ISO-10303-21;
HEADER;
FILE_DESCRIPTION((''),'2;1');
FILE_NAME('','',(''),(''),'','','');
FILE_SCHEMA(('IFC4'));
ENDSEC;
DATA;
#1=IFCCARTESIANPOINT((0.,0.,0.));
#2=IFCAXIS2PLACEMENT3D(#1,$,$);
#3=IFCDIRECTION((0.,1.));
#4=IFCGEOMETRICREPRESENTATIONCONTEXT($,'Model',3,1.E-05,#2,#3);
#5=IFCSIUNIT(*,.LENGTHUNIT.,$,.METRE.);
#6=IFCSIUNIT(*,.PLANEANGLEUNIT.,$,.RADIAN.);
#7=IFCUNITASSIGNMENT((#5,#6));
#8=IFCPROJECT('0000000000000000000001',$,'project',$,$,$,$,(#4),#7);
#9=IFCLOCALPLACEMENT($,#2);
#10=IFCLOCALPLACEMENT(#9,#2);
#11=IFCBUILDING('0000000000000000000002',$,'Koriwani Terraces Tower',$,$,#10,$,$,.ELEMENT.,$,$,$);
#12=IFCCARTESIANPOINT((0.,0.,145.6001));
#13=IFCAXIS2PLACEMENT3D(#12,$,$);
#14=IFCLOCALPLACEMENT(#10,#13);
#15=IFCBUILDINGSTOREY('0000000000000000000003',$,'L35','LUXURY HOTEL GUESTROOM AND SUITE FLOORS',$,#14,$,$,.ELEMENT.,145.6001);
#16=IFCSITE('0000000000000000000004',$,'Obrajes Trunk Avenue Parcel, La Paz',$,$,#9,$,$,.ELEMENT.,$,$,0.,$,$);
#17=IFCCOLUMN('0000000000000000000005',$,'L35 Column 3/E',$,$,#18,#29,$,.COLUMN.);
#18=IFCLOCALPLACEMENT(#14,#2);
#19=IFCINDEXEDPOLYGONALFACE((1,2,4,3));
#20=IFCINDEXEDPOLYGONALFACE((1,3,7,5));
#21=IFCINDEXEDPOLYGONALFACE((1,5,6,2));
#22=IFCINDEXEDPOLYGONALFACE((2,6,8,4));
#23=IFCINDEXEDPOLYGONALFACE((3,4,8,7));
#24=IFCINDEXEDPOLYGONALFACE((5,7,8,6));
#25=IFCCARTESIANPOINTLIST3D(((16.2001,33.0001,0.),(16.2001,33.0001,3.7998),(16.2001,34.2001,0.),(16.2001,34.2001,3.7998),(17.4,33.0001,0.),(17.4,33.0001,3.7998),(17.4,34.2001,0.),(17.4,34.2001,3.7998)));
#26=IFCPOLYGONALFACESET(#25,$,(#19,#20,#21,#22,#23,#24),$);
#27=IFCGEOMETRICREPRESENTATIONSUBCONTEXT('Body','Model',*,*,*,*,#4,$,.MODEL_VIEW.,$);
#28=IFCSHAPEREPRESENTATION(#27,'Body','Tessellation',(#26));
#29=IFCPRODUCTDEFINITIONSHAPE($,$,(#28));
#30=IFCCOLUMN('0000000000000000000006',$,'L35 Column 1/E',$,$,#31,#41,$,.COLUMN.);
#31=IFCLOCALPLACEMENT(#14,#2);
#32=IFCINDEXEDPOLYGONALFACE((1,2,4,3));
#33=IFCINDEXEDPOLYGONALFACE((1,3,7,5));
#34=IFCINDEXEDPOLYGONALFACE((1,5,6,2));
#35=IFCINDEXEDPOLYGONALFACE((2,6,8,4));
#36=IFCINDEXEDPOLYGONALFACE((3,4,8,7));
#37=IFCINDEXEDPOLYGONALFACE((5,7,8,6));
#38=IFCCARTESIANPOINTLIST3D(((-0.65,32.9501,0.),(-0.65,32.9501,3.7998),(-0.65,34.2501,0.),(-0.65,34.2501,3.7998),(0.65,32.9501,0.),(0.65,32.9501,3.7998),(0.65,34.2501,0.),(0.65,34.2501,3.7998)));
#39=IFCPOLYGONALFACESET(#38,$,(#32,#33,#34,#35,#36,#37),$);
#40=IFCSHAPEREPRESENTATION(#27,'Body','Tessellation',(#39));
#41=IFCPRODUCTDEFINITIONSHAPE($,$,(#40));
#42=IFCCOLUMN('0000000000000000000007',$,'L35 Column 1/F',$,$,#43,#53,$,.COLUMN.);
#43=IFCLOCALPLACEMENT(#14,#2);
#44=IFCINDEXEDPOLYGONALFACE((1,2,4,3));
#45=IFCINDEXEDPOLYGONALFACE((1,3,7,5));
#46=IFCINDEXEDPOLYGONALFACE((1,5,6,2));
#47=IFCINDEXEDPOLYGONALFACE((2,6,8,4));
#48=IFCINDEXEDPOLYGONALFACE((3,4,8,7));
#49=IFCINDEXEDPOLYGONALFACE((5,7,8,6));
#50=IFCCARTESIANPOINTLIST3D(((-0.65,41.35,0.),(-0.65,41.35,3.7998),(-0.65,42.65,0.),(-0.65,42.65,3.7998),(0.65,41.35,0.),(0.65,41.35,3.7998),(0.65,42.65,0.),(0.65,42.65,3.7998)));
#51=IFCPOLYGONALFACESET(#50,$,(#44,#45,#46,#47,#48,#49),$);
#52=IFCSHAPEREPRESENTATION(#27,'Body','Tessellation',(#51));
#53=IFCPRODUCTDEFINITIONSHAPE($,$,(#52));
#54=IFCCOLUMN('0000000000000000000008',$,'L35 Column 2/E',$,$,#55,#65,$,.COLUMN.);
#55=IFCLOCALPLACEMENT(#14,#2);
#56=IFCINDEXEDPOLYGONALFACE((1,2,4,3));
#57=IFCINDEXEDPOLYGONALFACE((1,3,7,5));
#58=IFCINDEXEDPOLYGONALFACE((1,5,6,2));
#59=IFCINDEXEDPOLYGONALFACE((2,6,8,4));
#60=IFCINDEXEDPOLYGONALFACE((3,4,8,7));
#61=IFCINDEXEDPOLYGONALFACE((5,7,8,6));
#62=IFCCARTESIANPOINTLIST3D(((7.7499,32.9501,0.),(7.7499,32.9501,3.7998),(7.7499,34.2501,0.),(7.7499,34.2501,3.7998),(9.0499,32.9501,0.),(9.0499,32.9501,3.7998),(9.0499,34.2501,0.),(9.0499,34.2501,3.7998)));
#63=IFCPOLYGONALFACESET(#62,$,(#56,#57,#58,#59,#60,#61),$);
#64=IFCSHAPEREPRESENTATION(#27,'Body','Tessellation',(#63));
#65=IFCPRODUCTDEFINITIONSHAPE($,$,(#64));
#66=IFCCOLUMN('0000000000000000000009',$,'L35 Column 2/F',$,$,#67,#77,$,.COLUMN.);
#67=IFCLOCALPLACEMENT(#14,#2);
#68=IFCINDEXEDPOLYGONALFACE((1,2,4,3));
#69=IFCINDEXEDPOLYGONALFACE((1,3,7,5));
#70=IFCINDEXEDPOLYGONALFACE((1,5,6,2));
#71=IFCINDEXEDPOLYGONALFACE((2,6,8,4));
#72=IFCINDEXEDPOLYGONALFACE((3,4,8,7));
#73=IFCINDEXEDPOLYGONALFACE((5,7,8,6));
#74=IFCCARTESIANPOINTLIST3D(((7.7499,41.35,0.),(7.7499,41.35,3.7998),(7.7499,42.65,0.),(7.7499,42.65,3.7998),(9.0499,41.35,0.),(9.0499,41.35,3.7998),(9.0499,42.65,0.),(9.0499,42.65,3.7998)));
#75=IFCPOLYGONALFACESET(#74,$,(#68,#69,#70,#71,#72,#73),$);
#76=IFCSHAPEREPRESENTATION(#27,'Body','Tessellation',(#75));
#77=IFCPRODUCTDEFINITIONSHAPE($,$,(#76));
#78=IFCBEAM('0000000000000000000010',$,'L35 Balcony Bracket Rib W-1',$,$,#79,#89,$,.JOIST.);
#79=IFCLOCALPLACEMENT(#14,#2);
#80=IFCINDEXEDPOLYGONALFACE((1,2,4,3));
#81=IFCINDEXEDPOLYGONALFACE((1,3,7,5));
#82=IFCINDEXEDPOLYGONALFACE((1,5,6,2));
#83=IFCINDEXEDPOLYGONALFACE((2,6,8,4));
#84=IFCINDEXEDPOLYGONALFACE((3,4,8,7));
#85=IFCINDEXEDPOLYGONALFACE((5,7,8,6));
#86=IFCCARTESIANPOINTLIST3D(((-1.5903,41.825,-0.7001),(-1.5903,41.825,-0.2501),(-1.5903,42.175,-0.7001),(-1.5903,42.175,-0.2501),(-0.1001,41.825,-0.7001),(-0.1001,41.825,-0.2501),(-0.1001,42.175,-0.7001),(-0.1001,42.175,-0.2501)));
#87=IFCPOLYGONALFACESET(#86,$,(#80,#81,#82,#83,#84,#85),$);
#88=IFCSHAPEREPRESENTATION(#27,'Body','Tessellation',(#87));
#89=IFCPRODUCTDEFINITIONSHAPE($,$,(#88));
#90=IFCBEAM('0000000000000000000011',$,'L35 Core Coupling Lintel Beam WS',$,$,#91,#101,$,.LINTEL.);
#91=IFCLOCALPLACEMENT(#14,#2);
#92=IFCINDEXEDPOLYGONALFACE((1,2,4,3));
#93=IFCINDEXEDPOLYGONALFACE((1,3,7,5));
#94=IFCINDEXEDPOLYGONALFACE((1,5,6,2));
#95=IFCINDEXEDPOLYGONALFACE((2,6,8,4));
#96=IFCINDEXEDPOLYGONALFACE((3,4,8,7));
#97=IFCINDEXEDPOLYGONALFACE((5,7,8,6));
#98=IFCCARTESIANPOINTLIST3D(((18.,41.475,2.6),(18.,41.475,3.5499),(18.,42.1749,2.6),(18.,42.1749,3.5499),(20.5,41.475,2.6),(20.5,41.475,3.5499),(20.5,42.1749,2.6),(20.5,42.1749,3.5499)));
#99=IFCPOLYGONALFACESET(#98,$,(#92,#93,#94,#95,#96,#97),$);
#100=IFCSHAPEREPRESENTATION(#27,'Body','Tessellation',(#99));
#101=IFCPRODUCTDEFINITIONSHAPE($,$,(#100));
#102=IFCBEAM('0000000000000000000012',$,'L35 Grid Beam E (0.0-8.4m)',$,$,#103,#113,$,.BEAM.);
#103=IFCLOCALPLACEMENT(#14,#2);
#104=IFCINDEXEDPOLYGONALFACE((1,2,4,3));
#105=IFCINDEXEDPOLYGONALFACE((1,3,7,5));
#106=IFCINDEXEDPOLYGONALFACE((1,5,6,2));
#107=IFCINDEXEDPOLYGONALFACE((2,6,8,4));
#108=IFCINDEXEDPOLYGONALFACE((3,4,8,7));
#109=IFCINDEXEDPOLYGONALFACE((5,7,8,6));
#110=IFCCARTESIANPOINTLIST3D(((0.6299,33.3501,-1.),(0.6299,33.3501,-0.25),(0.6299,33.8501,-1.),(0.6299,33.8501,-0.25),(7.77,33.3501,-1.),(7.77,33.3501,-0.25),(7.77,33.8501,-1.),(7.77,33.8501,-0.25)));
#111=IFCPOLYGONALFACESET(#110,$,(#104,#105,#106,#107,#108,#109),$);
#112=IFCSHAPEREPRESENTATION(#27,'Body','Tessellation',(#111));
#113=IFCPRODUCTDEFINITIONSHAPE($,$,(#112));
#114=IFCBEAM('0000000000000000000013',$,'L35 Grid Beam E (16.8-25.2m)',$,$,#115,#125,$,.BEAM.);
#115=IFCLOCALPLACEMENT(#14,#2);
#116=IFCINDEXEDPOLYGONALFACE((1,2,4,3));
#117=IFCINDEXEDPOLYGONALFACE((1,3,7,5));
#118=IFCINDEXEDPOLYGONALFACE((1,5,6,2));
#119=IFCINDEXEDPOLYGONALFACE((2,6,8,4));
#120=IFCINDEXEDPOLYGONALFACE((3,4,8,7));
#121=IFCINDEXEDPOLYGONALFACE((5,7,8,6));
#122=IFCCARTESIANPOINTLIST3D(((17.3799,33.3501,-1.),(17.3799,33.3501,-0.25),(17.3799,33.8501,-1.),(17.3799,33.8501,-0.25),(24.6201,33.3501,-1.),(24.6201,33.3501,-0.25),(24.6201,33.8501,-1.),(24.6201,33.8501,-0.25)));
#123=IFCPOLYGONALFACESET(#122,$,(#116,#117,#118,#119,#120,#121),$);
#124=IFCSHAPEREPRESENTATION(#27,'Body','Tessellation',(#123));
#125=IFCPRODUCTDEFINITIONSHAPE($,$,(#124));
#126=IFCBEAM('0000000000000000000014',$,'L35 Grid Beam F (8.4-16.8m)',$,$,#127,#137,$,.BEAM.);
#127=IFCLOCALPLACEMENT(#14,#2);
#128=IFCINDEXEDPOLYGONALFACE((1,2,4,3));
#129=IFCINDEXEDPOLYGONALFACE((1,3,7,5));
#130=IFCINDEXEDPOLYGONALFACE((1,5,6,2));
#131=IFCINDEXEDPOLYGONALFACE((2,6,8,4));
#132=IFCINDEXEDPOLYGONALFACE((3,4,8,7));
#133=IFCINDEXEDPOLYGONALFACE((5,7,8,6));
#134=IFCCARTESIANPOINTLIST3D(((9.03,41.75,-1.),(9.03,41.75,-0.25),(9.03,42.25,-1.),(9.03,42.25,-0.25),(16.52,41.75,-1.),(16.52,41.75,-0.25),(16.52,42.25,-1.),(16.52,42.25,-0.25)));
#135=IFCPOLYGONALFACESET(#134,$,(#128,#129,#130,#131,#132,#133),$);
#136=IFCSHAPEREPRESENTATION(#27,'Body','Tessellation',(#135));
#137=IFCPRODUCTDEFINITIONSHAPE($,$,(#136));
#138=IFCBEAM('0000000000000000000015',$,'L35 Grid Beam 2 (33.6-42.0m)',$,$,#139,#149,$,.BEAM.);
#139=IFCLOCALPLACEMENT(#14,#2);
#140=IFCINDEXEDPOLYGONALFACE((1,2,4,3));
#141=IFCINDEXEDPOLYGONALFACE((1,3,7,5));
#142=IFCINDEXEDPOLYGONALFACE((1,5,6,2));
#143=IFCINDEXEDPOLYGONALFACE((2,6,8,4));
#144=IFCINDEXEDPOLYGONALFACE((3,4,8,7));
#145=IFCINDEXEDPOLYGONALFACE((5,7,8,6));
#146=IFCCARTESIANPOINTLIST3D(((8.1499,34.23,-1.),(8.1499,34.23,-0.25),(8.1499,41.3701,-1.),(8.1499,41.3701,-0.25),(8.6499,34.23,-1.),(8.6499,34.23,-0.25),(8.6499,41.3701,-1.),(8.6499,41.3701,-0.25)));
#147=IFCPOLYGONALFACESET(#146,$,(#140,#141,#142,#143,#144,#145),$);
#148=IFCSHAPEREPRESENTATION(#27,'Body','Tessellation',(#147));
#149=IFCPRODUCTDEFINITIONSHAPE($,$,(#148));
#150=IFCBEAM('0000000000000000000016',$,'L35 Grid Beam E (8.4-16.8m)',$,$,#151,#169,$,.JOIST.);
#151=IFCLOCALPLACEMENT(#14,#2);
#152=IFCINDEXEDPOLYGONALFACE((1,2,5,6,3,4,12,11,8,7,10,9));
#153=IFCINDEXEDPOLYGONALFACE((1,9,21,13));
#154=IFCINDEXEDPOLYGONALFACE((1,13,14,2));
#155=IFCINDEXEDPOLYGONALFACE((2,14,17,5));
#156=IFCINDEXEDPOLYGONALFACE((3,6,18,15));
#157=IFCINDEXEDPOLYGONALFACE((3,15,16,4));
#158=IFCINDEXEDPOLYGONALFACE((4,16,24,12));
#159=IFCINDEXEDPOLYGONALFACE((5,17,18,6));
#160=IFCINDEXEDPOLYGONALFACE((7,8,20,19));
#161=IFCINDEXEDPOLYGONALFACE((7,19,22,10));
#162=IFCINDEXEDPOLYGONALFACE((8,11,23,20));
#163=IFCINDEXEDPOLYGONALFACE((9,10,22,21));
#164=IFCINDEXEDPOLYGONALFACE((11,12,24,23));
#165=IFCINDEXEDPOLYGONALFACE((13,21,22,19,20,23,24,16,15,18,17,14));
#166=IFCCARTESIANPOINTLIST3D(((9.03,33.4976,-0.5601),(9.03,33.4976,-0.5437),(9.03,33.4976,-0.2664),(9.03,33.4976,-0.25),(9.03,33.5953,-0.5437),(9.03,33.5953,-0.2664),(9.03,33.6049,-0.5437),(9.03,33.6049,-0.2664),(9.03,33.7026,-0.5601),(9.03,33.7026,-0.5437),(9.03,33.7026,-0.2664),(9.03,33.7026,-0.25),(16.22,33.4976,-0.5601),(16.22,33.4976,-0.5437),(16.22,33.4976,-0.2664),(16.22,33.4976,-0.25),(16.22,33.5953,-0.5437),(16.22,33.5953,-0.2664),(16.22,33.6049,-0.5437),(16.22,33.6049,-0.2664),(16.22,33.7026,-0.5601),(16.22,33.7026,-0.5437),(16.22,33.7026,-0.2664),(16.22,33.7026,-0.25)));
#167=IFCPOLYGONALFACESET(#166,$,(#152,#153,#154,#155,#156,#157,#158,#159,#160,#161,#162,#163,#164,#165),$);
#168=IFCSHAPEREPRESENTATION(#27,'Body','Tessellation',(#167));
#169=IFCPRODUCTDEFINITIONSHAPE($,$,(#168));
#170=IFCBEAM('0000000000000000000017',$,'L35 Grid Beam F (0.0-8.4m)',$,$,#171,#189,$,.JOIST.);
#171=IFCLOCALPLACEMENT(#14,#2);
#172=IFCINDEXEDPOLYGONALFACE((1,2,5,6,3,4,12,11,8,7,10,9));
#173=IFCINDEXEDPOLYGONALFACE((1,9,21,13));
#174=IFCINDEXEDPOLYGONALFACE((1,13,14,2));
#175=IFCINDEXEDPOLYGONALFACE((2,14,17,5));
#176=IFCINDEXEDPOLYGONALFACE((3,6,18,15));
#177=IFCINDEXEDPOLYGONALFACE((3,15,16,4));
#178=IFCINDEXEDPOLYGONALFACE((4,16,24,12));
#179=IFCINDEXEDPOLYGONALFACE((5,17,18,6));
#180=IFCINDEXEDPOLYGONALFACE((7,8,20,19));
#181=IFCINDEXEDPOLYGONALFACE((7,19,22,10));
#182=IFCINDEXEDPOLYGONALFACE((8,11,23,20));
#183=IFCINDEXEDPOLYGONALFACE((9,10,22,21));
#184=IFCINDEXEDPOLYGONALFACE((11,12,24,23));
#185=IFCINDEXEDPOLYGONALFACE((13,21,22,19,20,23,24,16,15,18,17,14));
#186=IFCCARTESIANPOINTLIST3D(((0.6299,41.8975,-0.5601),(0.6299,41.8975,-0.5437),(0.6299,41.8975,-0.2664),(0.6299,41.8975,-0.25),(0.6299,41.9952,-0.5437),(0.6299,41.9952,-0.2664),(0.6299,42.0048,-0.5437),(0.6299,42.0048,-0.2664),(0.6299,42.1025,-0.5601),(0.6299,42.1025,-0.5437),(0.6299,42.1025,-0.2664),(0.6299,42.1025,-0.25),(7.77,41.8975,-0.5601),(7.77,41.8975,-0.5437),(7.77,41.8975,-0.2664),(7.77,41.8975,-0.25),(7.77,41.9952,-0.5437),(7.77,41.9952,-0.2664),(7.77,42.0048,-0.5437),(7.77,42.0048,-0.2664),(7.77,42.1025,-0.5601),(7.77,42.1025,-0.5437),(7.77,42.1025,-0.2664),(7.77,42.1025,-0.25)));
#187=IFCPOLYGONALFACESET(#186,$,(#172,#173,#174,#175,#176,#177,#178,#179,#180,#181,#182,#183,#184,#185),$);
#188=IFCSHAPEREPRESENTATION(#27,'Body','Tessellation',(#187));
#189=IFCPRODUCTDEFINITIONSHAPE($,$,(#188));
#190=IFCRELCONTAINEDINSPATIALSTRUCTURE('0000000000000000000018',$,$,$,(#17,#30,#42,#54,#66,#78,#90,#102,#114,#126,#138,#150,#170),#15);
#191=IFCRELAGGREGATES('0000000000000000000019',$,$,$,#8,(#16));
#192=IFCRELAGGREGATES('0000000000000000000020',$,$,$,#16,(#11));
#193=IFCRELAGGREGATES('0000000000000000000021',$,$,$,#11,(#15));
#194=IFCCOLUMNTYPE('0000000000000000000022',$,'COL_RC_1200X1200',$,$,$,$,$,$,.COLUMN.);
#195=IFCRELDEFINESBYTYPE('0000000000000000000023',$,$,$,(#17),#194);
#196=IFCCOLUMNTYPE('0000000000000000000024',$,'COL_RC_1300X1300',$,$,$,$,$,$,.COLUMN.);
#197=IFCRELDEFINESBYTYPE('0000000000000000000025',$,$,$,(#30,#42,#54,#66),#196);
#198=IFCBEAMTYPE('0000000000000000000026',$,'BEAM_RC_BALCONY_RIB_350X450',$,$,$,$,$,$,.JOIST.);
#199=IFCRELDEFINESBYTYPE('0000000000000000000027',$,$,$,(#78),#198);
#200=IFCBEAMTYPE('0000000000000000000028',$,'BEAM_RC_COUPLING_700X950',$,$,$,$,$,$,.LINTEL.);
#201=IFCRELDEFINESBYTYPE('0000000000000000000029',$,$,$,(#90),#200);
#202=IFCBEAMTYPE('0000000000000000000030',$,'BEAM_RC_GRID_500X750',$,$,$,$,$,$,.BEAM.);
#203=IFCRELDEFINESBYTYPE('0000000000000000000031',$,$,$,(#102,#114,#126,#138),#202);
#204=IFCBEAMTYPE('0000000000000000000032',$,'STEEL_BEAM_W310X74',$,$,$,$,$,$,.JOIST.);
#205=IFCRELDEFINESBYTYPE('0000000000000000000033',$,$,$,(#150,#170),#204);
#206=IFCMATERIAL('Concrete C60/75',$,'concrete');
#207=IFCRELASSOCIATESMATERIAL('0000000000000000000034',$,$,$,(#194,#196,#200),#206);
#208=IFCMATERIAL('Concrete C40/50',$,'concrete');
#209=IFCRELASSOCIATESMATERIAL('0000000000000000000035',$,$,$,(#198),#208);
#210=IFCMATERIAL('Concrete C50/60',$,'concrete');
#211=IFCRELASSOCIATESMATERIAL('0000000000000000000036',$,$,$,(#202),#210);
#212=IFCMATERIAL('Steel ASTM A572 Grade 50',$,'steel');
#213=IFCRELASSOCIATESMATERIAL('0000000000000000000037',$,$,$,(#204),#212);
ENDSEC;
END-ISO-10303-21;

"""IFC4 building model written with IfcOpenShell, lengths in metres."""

from ifc_helpers import new_model, si_unit, direction, frame, origin, origin_2d, place, context, subcontext, project, spatial, rectangle, i_section, extrude, material, material_profile, profile_set, type_object, element, save


model = new_model("IFC4")

# Units and contexts
model_context = context("Model", 3, precision=1e-05, world=origin(), true_north=direction((0.0, 1.0)))
body_context = subcontext(model_context, "Body", "Model", "MODEL_VIEW")
ifc_project = project(units=[si_unit("LENGTHUNIT", "METRE"), si_unit("PLANEANGLEUNIT", "RADIAN")], contexts=[model_context])

# Site, building, storey
site_placement = place(None, origin())
site = spatial("IfcSite", under=ifc_project, at=site_placement, Name="Obrajes Trunk Avenue Parcel, La Paz", CompositionType="ELEMENT", RefElevation=0.0)
building_placement = place(site_placement, origin())
building = spatial("IfcBuilding", under=site, at=building_placement, Name="Koriwani Terraces Tower", CompositionType="ELEMENT")
storey_placement = place(building_placement, frame((0.0, 0.0, 145.6001)))
storey = spatial("IfcBuildingStorey", under=building, at=storey_placement, Name="L35", Description="LUXURY HOTEL GUESTROOM AND SUITE FLOORS", CompositionType="ELEMENT", Elevation=145.6001)

# Columns
ifc_material_1 = material(Name="Concrete C60/75", Category="concrete")
ifc_material_profile_1 = material_profile(ifc_material_1, rectangle(XDim=1.2, YDim=1.2, at=origin_2d()), Name="Concrete C60/75", Category="LoadBearing")
ifc_profile_set_1 = profile_set([ifc_material_profile_1], Name="Concrete C60/75")
column_type_1 = type_object("IfcColumnType", Name="COL_RC_1200X1200", PredefinedType="COLUMN", material=ifc_profile_set_1)
column_placement = place(storey_placement, frame((16.8, 33.6001, 0.0), z_axis=(0.0, 0.0, 1.0), x_axis=(1.0, 0.0, 0.0)))
element("IfcColumn", 1, at=column_placement, inside=storey, type_object=column_type_1, Name="L35 Column 3/E", PredefinedType="COLUMN", context=body_context, shape_type="SweptSolid", body=[
    extrude(rectangle(XDim=1.2, YDim=1.2, at=origin_2d()), origin(), (0.0, 0.0, 1.0), 3.7998),
])
ifc_material_profile_2 = material_profile(ifc_material_1, rectangle(XDim=1.3, YDim=1.3, at=origin_2d()), Name="Concrete C60/75", Category="LoadBearing")
ifc_profile_set_2 = profile_set([ifc_material_profile_2], Name="Concrete C60/75")
column_type_2 = type_object("IfcColumnType", Name="COL_RC_1300X1300", PredefinedType="COLUMN", material=ifc_profile_set_2)
for number, where, z_axis, x_axis, name in (
    (2, (0.0, 33.6001, 0.0), (0.0, 0.0, 1.0), (1.0, 0.0, 0.0), "L35 Column 1/E"),
    (3, (0.0, 42.0, 0.0), (0.0, 0.0, 1.0), (1.0, 0.0, 0.0), "L35 Column 1/F"),
    (4, (8.3999, 33.6001, 0.0), (0.0, 0.0, 1.0), (1.0, 0.0, 0.0), "L35 Column 2/E"),
    (5, (8.3999, 42.0, 0.0), (0.0, 0.0, 1.0), (1.0, 0.0, 0.0), "L35 Column 2/F"),
):
    element("IfcColumn", number, at=place(storey_placement, frame(where, z_axis=z_axis, x_axis=x_axis)), inside=storey, type_object=column_type_2, Name=name, PredefinedType="COLUMN", context=body_context, shape_type="SweptSolid", body=[
        extrude(rectangle(XDim=1.3, YDim=1.3, at=origin_2d()), origin(), (0.0, 0.0, 1.0), 3.7998),
    ])

# Beams
ifc_material_2 = material(Name="Concrete C40/50", Category="concrete")
ifc_material_profile_3 = material_profile(ifc_material_2, rectangle(XDim=0.3501, YDim=0.45, at=origin_2d()), Name="Concrete C40/50", Category="LoadBearing")
ifc_profile_set_3 = profile_set([ifc_material_profile_3], Name="Concrete C40/50")
beam_type_1 = type_object("IfcBeamType", Name="BEAM_RC_BALCONY_RIB_350X450", PredefinedType="JOIST", material=ifc_profile_set_3)
beam_1_placement = place(storey_placement, frame((-1.5903, 42.0, -0.4751), z_axis=(1.0, 0.0, 0.0), x_axis=(0.0, 1.0, 0.0)))
element("IfcBeam", 6, at=beam_1_placement, inside=storey, type_object=beam_type_1, Name="L35 Balcony Bracket Rib W-1", PredefinedType="JOIST", context=body_context, shape_type="SweptSolid", body=[
    extrude(rectangle(XDim=0.3501, YDim=0.45, at=origin_2d()), origin(), (0.0, 0.0, 1.0), 1.4902),
])
ifc_material_profile_4 = material_profile(ifc_material_1, rectangle(XDim=0.7, YDim=0.95, at=origin_2d()), Name="Concrete C60/75", Category="LoadBearing")
ifc_profile_set_4 = profile_set([ifc_material_profile_4], Name="Concrete C60/75")
beam_type_2 = type_object("IfcBeamType", Name="BEAM_RC_COUPLING_700X950", PredefinedType="LINTEL", material=ifc_profile_set_4)
beam_2_placement = place(storey_placement, frame((18.0, 41.825, 3.075), z_axis=(1.0, 0.0, 0.0), x_axis=(0.0, 1.0, 0.0)))
element("IfcBeam", 7, at=beam_2_placement, inside=storey, type_object=beam_type_2, Name="L35 Core Coupling Lintel Beam WS", PredefinedType="LINTEL", context=body_context, shape_type="SweptSolid", body=[
    extrude(rectangle(XDim=0.7, YDim=0.95, at=origin_2d()), origin(), (0.0, 0.0, 1.0), 2.5),
])
ifc_material_3 = material(Name="Concrete C50/60", Category="concrete")
ifc_material_profile_5 = material_profile(ifc_material_3, rectangle(XDim=0.5, YDim=0.75, at=origin_2d()), Name="Concrete C50/60", Category="LoadBearing")
ifc_profile_set_5 = profile_set([ifc_material_profile_5], Name="Concrete C50/60")
beam_type_3 = type_object("IfcBeamType", Name="BEAM_RC_GRID_500X750", PredefinedType="BEAM", material=ifc_profile_set_5)
beam_3_placement = place(storey_placement, frame((0.6299, 33.6001, -0.625), z_axis=(1.0, 0.0, 0.0), x_axis=(0.0, 1.0, 0.0)))
element("IfcBeam", 8, at=beam_3_placement, inside=storey, type_object=beam_type_3, Name="L35 Grid Beam E (0.0-8.4m)", PredefinedType="BEAM", context=body_context, shape_type="SweptSolid", body=[
    extrude(rectangle(XDim=0.5, YDim=0.75, at=origin_2d()), origin(), (0.0, 0.0, 1.0), 7.1401),
])
beam_4_placement = place(storey_placement, frame((17.3799, 33.6001, -0.625), z_axis=(1.0, 0.0, 0.0), x_axis=(0.0, 1.0, 0.0)))
element("IfcBeam", 9, at=beam_4_placement, inside=storey, type_object=beam_type_3, Name="L35 Grid Beam E (16.8-25.2m)", PredefinedType="BEAM", context=body_context, shape_type="SweptSolid", body=[
    extrude(rectangle(XDim=0.5, YDim=0.75, at=origin_2d()), origin(), (0.0, 0.0, 1.0), 7.2402),
])
beam_5_placement = place(storey_placement, frame((9.03, 42.0, -0.625), z_axis=(1.0, 0.0, 0.0), x_axis=(0.0, 1.0, 0.0)))
element("IfcBeam", 10, at=beam_5_placement, inside=storey, type_object=beam_type_3, Name="L35 Grid Beam F (8.4-16.8m)", PredefinedType="BEAM", context=body_context, shape_type="SweptSolid", body=[
    extrude(rectangle(XDim=0.5, YDim=0.75, at=origin_2d()), origin(), (0.0, 0.0, 1.0), 7.49),
])
beam_6_placement = place(storey_placement, frame((8.3999, 34.23, -0.625), z_axis=(0.0, 1.0, 0.0), x_axis=(-1.0, 0.0, 0.0)))
element("IfcBeam", 11, at=beam_6_placement, inside=storey, type_object=beam_type_3, Name="L35 Grid Beam 2 (33.6-42.0m)", PredefinedType="BEAM", context=body_context, shape_type="SweptSolid", body=[
    extrude(rectangle(XDim=0.5, YDim=0.75, at=origin_2d()), origin(), (0.0, 0.0, 1.0), 7.1401),
])
ifc_material_4 = material(Name="Steel ASTM A572 Grade 50", Category="steel")
ifc_material_profile_6 = material_profile(ifc_material_4, i_section(OverallWidth=0.2051, OverallDepth=0.3101, WebThickness=0.0095, FlangeThickness=0.0164, at=origin_2d()), Name="Steel ASTM A572 Grade 50", Category="LoadBearing")
ifc_profile_set_6 = profile_set([ifc_material_profile_6], Name="Steel ASTM A572 Grade 50")
beam_type_4 = type_object("IfcBeamType", Name="STEEL_BEAM_W310X74", PredefinedType="JOIST", material=ifc_profile_set_6)
beam_7_placement = place(storey_placement, frame((9.03, 33.6001, -0.405), z_axis=(1.0, 0.0, 0.0), x_axis=(0.0, 1.0, 0.0)))
element("IfcBeam", 12, at=beam_7_placement, inside=storey, type_object=beam_type_4, Name="L35 Grid Beam E (8.4-16.8m)", PredefinedType="JOIST", context=body_context, shape_type="SweptSolid", body=[
    extrude(i_section(OverallWidth=0.2051, OverallDepth=0.3101, WebThickness=0.0095, FlangeThickness=0.0164, at=origin_2d()), origin(), (0.0, 0.0, 1.0), 7.1899),
])
beam_8_placement = place(storey_placement, frame((0.6299, 42.0, -0.405), z_axis=(1.0, 0.0, 0.0), x_axis=(0.0, 1.0, 0.0)))
element("IfcBeam", 13, at=beam_8_placement, inside=storey, type_object=beam_type_4, Name="L35 Grid Beam F (0.0-8.4m)", PredefinedType="JOIST", context=body_context, shape_type="SweptSolid", body=[
    extrude(i_section(OverallWidth=0.2051, OverallDepth=0.3101, WebThickness=0.0095, FlangeThickness=0.0164, at=origin_2d()), origin(), (0.0, 0.0, 1.0), 7.1401),
])

save(model, "model.ifc")
